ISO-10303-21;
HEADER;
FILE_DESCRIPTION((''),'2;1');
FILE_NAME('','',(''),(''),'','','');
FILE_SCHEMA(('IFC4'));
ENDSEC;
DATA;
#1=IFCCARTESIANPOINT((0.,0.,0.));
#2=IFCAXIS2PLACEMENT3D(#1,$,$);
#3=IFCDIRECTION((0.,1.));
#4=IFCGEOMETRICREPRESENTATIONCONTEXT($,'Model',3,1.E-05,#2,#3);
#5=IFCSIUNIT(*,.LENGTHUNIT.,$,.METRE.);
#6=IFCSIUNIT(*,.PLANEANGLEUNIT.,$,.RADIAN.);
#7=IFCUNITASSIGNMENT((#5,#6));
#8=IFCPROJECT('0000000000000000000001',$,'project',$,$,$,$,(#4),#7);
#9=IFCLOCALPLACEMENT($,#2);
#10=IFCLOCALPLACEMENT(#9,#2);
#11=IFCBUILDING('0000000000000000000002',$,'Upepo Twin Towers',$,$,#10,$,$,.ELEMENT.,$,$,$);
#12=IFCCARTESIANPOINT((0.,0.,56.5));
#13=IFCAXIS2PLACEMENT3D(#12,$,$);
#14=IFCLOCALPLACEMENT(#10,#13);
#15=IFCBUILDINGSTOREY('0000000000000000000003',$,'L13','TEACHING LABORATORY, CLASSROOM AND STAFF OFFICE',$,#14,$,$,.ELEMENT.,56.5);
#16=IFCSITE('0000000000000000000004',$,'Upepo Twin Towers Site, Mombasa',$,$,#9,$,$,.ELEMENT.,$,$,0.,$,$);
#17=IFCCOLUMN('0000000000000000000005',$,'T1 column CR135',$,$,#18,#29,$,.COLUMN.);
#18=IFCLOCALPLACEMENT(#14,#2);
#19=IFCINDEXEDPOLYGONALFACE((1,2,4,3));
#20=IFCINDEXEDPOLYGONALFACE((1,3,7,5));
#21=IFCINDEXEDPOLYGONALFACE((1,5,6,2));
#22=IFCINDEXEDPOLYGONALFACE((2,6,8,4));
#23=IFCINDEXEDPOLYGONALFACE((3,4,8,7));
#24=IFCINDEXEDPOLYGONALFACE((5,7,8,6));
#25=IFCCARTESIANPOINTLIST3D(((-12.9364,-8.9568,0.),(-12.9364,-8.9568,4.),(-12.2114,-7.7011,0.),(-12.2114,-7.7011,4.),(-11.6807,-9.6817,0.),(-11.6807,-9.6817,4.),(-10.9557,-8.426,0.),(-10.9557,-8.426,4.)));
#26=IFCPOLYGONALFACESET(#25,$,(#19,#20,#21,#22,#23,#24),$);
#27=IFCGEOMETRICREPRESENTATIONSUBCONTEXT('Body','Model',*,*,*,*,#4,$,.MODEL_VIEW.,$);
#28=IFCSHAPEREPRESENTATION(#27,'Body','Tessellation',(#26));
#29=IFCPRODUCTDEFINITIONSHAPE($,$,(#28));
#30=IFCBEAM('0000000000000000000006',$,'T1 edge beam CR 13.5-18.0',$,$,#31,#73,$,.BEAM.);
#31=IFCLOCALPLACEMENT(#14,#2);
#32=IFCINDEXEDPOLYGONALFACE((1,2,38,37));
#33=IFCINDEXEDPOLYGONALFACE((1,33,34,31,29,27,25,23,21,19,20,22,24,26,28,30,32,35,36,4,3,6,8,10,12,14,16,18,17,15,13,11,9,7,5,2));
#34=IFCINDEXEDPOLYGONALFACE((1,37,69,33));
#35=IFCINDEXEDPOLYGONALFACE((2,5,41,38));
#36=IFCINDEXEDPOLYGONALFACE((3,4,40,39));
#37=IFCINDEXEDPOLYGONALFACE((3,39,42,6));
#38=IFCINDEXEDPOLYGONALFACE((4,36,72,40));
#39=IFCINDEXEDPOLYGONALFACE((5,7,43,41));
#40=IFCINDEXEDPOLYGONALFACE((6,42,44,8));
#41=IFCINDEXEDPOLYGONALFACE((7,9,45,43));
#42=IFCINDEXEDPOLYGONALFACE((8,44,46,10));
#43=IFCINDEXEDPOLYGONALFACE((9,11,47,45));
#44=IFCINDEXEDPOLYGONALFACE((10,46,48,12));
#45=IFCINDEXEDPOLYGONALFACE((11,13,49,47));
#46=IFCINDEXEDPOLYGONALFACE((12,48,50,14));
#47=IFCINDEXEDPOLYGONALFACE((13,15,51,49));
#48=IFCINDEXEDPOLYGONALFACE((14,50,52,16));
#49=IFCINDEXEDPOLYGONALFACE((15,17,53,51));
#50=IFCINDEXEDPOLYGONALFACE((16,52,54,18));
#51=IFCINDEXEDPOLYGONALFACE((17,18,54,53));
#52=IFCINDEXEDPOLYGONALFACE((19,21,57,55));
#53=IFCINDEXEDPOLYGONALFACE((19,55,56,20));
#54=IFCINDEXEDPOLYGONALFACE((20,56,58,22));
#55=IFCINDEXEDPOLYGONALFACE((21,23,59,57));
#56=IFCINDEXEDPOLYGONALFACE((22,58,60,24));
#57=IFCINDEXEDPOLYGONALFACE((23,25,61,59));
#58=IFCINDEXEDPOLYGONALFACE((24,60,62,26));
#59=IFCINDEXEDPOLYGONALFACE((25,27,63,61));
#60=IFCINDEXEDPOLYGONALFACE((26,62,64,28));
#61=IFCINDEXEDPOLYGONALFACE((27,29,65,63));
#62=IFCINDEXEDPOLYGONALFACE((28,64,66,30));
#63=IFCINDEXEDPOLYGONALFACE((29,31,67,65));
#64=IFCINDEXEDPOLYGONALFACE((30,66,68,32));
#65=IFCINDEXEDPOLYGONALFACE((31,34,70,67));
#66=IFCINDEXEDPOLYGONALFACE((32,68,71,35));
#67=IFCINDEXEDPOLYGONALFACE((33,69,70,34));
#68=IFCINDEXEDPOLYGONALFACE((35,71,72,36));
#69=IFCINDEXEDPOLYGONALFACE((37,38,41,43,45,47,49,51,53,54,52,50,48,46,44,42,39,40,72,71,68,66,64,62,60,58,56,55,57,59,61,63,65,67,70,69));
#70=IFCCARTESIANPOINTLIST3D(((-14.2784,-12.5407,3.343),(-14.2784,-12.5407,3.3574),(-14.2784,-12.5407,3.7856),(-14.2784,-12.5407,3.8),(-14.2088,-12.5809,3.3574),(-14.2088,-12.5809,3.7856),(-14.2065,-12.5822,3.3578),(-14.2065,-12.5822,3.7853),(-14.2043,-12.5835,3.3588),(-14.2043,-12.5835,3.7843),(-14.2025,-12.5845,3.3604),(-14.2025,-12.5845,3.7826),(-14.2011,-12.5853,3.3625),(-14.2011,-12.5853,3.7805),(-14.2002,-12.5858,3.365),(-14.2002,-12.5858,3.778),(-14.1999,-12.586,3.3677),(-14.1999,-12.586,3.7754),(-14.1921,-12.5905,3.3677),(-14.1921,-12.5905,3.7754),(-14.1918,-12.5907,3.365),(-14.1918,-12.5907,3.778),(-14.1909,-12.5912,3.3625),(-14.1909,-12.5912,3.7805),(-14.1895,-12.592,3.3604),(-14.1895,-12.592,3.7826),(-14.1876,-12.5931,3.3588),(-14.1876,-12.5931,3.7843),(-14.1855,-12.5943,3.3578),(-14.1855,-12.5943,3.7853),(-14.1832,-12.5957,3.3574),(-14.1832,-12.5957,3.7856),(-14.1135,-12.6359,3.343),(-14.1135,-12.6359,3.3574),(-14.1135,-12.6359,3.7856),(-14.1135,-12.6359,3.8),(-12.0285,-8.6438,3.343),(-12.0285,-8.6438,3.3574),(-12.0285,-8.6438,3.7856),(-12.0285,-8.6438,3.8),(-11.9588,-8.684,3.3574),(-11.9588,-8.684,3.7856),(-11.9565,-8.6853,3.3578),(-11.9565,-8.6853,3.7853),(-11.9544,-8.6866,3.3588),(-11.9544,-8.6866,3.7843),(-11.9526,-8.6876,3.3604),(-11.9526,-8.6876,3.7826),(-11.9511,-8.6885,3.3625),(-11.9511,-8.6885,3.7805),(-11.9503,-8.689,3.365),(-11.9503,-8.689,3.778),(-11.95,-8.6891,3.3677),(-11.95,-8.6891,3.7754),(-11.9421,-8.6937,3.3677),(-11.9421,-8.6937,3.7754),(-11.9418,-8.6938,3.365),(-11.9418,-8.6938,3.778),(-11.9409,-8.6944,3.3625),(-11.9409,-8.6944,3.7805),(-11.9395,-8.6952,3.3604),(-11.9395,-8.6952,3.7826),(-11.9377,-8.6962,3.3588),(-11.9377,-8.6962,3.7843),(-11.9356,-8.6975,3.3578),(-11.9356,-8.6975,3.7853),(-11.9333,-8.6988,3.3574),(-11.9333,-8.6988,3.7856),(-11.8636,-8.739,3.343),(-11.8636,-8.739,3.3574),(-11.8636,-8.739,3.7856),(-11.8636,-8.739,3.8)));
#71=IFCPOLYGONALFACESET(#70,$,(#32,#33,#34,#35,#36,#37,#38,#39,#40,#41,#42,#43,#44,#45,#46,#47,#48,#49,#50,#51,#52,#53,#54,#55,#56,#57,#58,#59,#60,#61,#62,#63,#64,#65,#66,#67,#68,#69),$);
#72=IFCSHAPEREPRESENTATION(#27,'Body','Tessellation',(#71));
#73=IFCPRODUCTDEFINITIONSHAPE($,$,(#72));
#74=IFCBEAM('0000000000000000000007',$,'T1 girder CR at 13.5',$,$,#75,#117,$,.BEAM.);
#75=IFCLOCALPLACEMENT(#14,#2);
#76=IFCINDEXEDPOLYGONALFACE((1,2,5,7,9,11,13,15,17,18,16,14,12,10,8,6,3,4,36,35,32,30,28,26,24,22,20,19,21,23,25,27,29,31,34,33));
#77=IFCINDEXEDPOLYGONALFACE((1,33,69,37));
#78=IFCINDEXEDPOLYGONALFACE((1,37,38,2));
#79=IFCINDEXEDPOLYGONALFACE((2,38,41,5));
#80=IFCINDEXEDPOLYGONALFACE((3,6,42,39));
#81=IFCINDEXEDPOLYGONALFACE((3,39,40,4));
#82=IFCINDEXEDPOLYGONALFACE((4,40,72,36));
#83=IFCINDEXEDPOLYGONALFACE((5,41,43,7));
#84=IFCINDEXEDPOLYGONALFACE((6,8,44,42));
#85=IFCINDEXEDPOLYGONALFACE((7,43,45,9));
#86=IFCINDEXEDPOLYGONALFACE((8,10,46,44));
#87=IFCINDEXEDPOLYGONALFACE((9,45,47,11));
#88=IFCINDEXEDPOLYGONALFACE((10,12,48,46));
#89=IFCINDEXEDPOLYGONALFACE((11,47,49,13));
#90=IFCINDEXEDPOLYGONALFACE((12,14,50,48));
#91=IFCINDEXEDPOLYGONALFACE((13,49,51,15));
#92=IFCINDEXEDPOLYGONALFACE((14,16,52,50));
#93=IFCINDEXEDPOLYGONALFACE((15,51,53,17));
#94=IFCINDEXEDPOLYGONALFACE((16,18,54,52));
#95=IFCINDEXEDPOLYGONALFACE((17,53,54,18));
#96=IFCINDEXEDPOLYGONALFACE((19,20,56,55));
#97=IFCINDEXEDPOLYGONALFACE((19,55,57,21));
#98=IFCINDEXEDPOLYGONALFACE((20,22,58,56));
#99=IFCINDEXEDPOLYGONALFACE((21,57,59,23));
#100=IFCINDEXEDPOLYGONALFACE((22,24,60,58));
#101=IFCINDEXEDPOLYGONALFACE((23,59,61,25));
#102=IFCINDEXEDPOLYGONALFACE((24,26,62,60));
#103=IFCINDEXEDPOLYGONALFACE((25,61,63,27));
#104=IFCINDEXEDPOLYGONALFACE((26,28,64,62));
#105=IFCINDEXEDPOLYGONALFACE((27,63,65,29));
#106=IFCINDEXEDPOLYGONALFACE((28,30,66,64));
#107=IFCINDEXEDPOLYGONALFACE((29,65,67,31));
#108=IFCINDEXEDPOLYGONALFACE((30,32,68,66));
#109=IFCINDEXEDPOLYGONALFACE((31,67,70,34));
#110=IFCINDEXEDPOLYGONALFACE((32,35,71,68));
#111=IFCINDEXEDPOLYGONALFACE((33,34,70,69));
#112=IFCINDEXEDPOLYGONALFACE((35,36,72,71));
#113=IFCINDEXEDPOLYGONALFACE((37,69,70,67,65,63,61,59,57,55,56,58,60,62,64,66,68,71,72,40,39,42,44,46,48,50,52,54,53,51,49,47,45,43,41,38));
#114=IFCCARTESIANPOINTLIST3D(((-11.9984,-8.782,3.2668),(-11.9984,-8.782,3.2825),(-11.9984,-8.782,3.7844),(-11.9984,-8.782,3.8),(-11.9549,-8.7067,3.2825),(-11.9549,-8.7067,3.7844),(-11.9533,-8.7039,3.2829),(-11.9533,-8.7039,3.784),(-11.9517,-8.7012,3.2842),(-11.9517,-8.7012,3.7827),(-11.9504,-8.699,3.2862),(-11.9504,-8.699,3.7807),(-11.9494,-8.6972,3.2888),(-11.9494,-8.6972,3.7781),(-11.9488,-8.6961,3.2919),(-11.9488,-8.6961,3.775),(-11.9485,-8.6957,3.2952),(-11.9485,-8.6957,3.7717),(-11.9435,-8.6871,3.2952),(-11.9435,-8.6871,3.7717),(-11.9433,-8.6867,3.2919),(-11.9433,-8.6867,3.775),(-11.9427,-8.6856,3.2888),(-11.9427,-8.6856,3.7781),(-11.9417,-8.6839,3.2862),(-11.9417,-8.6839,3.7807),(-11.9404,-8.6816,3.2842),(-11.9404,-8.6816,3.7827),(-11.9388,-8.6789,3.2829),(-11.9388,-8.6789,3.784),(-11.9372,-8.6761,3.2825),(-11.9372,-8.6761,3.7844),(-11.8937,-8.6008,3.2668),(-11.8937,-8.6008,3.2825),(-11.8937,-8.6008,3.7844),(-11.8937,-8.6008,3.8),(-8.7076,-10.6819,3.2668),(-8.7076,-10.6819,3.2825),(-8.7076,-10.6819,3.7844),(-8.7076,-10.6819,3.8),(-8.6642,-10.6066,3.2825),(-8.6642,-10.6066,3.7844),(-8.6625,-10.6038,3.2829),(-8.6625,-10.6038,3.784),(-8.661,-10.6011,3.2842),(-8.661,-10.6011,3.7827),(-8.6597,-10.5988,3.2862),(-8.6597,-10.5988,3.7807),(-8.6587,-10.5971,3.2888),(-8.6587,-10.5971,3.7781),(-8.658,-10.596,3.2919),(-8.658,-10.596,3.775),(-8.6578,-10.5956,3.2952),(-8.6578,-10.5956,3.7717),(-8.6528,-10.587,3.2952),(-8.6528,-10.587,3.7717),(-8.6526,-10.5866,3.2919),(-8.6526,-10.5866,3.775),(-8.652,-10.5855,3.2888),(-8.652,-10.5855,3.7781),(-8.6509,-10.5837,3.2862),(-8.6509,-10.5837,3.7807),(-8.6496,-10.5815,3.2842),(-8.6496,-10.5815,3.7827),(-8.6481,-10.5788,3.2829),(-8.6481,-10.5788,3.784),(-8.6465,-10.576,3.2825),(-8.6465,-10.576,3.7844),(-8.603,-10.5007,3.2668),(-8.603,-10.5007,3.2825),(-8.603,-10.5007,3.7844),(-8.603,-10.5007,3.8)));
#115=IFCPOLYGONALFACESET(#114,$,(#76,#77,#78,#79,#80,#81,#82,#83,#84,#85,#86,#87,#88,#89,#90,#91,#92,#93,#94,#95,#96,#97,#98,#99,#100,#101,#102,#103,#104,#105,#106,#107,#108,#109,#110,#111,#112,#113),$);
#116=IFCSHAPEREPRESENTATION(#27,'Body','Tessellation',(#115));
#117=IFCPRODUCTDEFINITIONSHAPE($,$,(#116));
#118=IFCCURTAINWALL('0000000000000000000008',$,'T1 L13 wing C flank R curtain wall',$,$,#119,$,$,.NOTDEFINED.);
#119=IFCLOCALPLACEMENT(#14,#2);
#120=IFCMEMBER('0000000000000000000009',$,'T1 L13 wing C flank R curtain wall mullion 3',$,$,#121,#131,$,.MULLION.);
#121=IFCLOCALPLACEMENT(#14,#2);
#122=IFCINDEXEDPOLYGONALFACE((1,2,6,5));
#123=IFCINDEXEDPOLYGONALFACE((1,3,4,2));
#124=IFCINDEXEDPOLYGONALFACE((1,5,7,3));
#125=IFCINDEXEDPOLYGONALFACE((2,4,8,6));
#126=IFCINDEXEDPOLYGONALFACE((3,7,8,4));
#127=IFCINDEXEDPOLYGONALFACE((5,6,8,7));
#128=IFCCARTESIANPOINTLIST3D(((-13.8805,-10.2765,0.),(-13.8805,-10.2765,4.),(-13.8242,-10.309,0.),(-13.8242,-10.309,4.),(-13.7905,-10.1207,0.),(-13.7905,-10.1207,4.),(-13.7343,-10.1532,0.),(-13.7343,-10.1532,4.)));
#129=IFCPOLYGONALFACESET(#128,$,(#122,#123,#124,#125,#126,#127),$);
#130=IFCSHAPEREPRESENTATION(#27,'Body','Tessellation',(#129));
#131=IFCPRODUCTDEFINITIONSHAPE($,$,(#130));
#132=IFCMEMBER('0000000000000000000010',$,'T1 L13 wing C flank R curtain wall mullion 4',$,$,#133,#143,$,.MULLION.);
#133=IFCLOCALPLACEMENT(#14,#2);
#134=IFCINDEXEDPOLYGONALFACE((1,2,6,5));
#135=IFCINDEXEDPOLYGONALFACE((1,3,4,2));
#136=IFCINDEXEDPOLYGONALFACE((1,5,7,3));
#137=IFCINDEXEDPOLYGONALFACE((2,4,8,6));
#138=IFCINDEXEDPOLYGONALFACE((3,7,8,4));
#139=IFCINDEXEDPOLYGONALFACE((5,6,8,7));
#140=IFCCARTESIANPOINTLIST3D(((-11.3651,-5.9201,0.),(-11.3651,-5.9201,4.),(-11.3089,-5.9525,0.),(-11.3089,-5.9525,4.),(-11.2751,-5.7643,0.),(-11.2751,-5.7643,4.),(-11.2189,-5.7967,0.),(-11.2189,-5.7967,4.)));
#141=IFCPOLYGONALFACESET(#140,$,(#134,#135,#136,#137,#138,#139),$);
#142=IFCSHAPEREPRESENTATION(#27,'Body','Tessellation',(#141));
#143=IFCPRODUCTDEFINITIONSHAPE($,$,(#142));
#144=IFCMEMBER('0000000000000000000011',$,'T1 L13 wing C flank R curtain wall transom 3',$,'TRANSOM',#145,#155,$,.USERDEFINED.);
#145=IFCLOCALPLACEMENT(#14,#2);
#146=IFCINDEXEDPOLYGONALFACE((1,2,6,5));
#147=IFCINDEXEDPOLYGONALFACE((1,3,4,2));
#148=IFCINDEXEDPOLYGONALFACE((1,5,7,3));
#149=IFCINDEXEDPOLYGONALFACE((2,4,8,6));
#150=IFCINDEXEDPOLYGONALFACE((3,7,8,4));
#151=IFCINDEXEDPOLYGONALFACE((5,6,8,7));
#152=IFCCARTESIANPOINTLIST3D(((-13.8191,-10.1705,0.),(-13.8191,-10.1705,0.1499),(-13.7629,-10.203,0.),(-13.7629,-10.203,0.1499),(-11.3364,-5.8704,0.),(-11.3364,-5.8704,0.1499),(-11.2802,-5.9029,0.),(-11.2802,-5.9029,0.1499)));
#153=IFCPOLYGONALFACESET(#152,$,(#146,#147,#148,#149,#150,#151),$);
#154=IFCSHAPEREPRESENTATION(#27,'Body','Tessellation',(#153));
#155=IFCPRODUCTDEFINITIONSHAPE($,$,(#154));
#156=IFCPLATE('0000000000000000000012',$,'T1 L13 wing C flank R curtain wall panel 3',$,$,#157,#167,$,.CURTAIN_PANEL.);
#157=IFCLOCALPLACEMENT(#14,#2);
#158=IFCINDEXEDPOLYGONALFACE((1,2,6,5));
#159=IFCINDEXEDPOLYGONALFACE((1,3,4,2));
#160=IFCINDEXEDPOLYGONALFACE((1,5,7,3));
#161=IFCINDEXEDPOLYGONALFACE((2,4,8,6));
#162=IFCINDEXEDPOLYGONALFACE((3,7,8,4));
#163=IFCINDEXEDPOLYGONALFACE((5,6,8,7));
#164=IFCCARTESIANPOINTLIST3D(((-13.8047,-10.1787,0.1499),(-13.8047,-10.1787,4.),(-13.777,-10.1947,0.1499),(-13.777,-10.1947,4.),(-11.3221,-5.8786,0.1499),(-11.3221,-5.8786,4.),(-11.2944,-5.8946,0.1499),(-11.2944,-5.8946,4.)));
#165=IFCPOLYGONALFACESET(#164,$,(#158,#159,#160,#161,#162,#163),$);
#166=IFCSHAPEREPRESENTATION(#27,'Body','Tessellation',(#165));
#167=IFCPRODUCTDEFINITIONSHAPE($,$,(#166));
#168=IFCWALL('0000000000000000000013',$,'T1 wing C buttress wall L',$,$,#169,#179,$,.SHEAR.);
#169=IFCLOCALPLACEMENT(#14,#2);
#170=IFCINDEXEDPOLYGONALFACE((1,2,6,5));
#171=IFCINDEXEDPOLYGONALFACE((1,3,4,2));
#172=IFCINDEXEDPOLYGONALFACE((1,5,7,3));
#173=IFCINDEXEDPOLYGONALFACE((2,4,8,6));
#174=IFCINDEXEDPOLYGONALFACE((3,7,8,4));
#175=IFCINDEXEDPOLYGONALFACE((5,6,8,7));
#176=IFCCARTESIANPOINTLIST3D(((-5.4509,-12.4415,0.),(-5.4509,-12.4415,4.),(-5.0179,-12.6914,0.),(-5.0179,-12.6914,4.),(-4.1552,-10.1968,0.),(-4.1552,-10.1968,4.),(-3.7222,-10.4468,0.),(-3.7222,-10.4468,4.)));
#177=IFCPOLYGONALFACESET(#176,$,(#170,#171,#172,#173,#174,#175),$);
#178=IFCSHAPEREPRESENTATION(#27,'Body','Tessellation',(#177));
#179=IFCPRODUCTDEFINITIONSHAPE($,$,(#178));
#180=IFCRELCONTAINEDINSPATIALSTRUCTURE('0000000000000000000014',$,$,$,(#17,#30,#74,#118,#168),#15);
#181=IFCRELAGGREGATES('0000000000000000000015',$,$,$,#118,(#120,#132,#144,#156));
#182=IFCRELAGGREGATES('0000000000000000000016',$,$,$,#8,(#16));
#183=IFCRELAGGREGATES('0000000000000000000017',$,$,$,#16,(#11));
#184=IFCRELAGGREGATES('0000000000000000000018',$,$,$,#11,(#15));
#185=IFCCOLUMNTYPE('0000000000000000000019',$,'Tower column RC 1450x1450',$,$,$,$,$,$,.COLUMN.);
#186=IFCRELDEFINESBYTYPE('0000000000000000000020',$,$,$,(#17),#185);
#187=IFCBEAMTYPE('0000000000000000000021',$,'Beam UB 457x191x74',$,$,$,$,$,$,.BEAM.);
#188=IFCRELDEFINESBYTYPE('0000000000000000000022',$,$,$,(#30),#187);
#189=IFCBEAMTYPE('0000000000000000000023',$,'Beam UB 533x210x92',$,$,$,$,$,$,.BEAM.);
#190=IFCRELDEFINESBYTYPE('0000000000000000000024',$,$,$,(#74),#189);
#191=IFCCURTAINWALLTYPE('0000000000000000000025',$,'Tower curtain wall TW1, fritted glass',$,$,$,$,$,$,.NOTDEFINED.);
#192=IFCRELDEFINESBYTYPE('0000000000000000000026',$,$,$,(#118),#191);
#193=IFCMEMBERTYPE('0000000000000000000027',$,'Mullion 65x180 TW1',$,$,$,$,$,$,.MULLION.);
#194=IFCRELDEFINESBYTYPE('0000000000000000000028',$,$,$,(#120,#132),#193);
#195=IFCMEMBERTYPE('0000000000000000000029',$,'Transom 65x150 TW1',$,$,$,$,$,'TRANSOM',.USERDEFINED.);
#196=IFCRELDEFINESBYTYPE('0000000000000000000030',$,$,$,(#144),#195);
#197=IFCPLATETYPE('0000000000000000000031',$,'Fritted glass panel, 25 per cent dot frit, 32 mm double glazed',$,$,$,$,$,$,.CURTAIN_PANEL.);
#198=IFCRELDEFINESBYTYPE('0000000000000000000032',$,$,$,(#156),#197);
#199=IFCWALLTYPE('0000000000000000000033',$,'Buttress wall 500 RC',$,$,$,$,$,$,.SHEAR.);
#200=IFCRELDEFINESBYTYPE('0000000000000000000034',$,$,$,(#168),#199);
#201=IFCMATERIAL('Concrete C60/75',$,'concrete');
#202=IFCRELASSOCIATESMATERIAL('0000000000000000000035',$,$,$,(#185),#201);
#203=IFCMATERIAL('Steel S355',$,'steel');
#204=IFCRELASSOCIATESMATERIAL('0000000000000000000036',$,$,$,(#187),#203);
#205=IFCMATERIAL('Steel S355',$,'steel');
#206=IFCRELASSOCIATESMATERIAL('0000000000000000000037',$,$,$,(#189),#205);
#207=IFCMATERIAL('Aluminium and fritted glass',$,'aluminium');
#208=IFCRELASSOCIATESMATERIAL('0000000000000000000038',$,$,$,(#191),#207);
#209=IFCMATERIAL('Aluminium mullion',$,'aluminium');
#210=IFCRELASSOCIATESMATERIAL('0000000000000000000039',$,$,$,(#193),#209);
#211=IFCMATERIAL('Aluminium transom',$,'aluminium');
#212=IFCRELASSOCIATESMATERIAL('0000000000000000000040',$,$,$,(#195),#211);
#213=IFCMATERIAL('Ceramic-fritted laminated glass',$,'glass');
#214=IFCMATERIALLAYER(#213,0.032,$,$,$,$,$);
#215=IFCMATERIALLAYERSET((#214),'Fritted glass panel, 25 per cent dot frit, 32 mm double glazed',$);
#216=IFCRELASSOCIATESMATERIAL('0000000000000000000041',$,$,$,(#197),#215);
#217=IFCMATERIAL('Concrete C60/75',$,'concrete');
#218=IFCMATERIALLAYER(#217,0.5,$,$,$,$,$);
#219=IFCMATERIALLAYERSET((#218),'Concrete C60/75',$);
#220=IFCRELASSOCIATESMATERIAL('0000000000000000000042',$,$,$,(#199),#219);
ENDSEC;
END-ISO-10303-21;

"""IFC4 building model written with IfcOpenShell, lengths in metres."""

from ifc_helpers import new_model, si_unit, direction, frame, frame_2d, origin, origin_2d, place, context, subcontext, project, spatial, rectangle, i_section, extrude, material, layer, layer_set, material_profile, profile_set, type_object, element, aggregate, save


model = new_model("IFC4")

# Units and contexts
model_context = context("Model", 3, precision=1e-05, world=origin(), true_north=direction((0.0, 1.0)))
body_context = subcontext(model_context, "Body", "Model", "MODEL_VIEW")
ifc_project = project(units=[si_unit("LENGTHUNIT", "METRE"), si_unit("PLANEANGLEUNIT", "RADIAN")], contexts=[model_context])

# Site, building, storey
site_placement = place(None, origin())
site = spatial("IfcSite", under=ifc_project, at=site_placement, Name="Upepo Twin Towers Site, Mombasa", CompositionType="ELEMENT", RefElevation=0.0)
building_placement = place(site_placement, origin())
building = spatial("IfcBuilding", under=site, at=building_placement, Name="Upepo Twin Towers", CompositionType="ELEMENT")
storey_placement = place(building_placement, frame((0.0, 0.0, 56.5)))
storey = spatial("IfcBuildingStorey", under=building, at=storey_placement, Name="L13", Description="TEACHING LABORATORY, CLASSROOM AND STAFF OFFICE", CompositionType="ELEMENT", Elevation=56.5)

# Column
ifc_material_1 = material(Name="Concrete C60/75", Category="concrete")
ifc_material_profile_1 = material_profile(ifc_material_1, rectangle(XDim=1.45, YDim=1.45, at=origin_2d()), Name="RC 1450x1450")
ifc_profile_set_1 = profile_set([ifc_material_profile_1], Name="Concrete C60/75")
column_type = type_object("IfcColumnType", Name="Tower column RC 1450x1450", PredefinedType="COLUMN", material=ifc_profile_set_1)
column_placement = place(storey_placement, frame((-11.946, -8.6914, 0.0), z_axis=(0.0, 0.0, 1.0), x_axis=(0.5, 0.866025, 0.0)))
element("IfcColumn", 1, at=column_placement, inside=storey, type_object=column_type, Name="T1 column CR135", PredefinedType="COLUMN", context=body_context, shape_type="SweptSolid", body=[
    extrude(rectangle(XDim=1.45, YDim=1.45, at=origin_2d()), origin(), (0.0, 0.0, 1.0), 4.0),
])

# Beams
ifc_material_2 = material(Name="Steel S355", Category="steel")
ifc_material_profile_2 = material_profile(ifc_material_2, i_section(OverallWidth=0.1904, OverallDepth=0.457, WebThickness=0.009, FlangeThickness=0.0144, FilletRadius=0.0103, at=origin_2d()), Name="UB 457x191x74")
ifc_profile_set_2 = profile_set([ifc_material_profile_2], Name="Steel S355")
beam_type_1 = type_object("IfcBeamType", Name="Beam UB 457x191x74", PredefinedType="BEAM", material=ifc_profile_set_2)
beam_1_placement = place(storey_placement, frame((-11.946, -8.6914, 3.5715), z_axis=(-0.500014, -0.866018, 0.0), x_axis=(0.866018, -0.500014, 0.0)))
element("IfcBeam", 2, at=beam_1_placement, inside=storey, type_object=beam_type_1, Name="T1 edge beam CR 13.5-18.0", PredefinedType="BEAM", context=body_context, shape_type="SweptSolid", body=[
    extrude(i_section(OverallWidth=0.1904, OverallDepth=0.457, WebThickness=0.009, FlangeThickness=0.0144, FilletRadius=0.0103, at=origin_2d()), origin(), (0.0, 0.0, 1.0), 4.4998),
])
ifc_material_3 = material(Name="Steel S355", Category="steel")
ifc_material_profile_3 = material_profile(ifc_material_3, i_section(OverallWidth=0.2092, OverallDepth=0.5332, WebThickness=0.01, FlangeThickness=0.0156, FilletRadius=0.0127, at=origin_2d()), Name="UB 533x210x92")
ifc_profile_set_3 = profile_set([ifc_material_profile_3], Name="Steel S355")
beam_type_2 = type_object("IfcBeamType", Name="Beam UB 533x210x92", PredefinedType="BEAM", material=ifc_profile_set_3)
beam_2_placement = place(storey_placement, frame((-11.946, -8.6914, 3.5334), z_axis=(0.866028, -0.499995, 0.0), x_axis=(0.499995, 0.866028, 0.0)))
element("IfcBeam", 3, at=beam_2_placement, inside=storey, type_object=beam_type_2, Name="T1 girder CR at 13.5", PredefinedType="BEAM", context=body_context, shape_type="SweptSolid", body=[
    extrude(i_section(OverallWidth=0.2092, OverallDepth=0.5332, WebThickness=0.01, FlangeThickness=0.0156, FilletRadius=0.0127, at=origin_2d()), origin(), (0.0, 0.0, 1.0), 3.7998),
])

# Curtain wall, members, plate
ifc_material_4 = material(Name="Aluminium and fritted glass", Category="aluminium")
curtain_wall_type = type_object("IfcCurtainWallType", Name="Tower curtain wall TW1, fritted glass", PredefinedType="NOTDEFINED", material=ifc_material_4)
curtain_wall_placement = place(storey_placement, origin())
curtain_wall = element("IfcCurtainWall", 4, at=curtain_wall_placement, inside=storey, type_object=curtain_wall_type, Name="T1 L13 wing C flank R curtain wall", PredefinedType="NOTDEFINED")
ifc_material_5 = material(Name="Aluminium mullion", Category="aluminium")
ifc_material_profile_4 = material_profile(ifc_material_5, rectangle(XDim=0.0649, YDim=0.1799, at=origin_2d()), Name="MULLION 65x180")
ifc_profile_set_4 = profile_set([ifc_material_profile_4], Name="Aluminium mullion")
member_type_1 = type_object("IfcMemberType", Name="Mullion 65x180 TW1", PredefinedType="MULLION", material=ifc_profile_set_4)
member_1_placement = place(storey_placement, frame((-13.8074, -10.2148, 0.0), z_axis=(0.0, 0.0, 1.0), x_axis=(-0.866025, 0.5, 0.0)))
member_1 = element("IfcMember", 5, at=member_1_placement, type_object=member_type_1, Name="T1 L13 wing C flank R curtain wall mullion 3", PredefinedType="MULLION", context=body_context, shape_type="SweptSolid", body=[
    extrude(rectangle(XDim=0.0649, YDim=0.1799, at=origin_2d()), origin(), (0.0, 0.0, 1.0), 4.0),
])
member_2_placement = place(storey_placement, frame((-11.292, -5.8584, 0.0), z_axis=(0.0, 0.0, 1.0), x_axis=(-0.866025, 0.5, 0.0)))
member_2 = element("IfcMember", 6, at=member_2_placement, type_object=member_type_1, Name="T1 L13 wing C flank R curtain wall mullion 4", PredefinedType="MULLION", context=body_context, shape_type="SweptSolid", body=[
    extrude(rectangle(XDim=0.0649, YDim=0.1799, at=origin_2d()), origin(), (0.0, 0.0, 1.0), 4.0),
])
ifc_material_6 = material(Name="Aluminium transom", Category="aluminium")
ifc_material_profile_5 = material_profile(ifc_material_6, rectangle(XDim=0.0649, YDim=0.1499, at=origin_2d()), Name="TRANSOM 65x150")
ifc_profile_set_5 = profile_set([ifc_material_profile_5], Name="Aluminium transom")
member_type_2 = type_object("IfcMemberType", Name="Transom 65x150 TW1", ElementType="TRANSOM", PredefinedType="USERDEFINED", material=ifc_profile_set_5)
member_3_placement = place(storey_placement, frame((-13.791, -10.1868, 0.075), z_axis=(0.500005, 0.866023, 0.0), x_axis=(-0.866023, 0.500005, 0.0)))
member_3 = element("IfcMember", 7, at=member_3_placement, type_object=member_type_2, Name="T1 L13 wing C flank R curtain wall transom 3", ObjectType="TRANSOM", PredefinedType="USERDEFINED", context=body_context, shape_type="SweptSolid", body=[
    extrude(rectangle(XDim=0.0649, YDim=0.1499, at=origin_2d()), origin(), (0.0, 0.0, 1.0), 4.9653),
])
ifc_material_7 = material(Name="Ceramic-fritted laminated glass", Category="glass")
ifc_layer_1 = layer(ifc_material_7, 0.032)
ifc_layer_set_1 = layer_set([ifc_layer_1], Name="Fritted glass panel, 25 per cent dot frit, 32 mm double glazed")
plate_type = type_object("IfcPlateType", Name="Fritted glass panel, 25 per cent dot frit, 32 mm double glazed", PredefinedType="CURTAIN_PANEL", material=ifc_layer_set_1)
plate_placement = place(storey_placement, frame((-12.5496, -8.0366, 0.1499), z_axis=(0.0, 0.0, 1.0), x_axis=(0.5, 0.866025, 0.0)))
plate = element("IfcPlate", 8, at=plate_placement, type_object=plate_type, Name="T1 L13 wing C flank R curtain wall panel 3", PredefinedType="CURTAIN_PANEL", context=body_context, shape_type="SweptSolid", body=[
    extrude(rectangle(XDim=4.9653, YDim=0.032, at=origin_2d()), origin(), (0.0, 0.0, 1.0), 3.8501),
])
aggregate(curtain_wall, [member_1, member_2, member_3, plate])

# Wall
ifc_material_8 = material(Name="Concrete C60/75", Category="concrete")
ifc_layer_2 = layer(ifc_material_8, 0.5)
ifc_layer_set_2 = layer_set([ifc_layer_2], Name="Concrete C60/75")
wall_type_1 = type_object("IfcWallType", Name="Buttress wall 500 RC", PredefinedType="SHEAR", material=ifc_layer_set_2)
for number, where, z_axis, x_axis, name in (
    (9, (-3.9387, -10.3218, 0.0), (0.0, 0.0, 1.0), (-0.499918, -0.866073, 0.0), "T1 wing C buttress wall L"),
):
    element("IfcWall", number, at=place(storey_placement, frame(where, z_axis=z_axis, x_axis=x_axis)), inside=storey, type_object=wall_type_1, Name=name, PredefinedType="SHEAR", context=body_context, shape_type="SweptSolid", body=[
        extrude(rectangle(XDim=2.5918, YDim=0.5, at=frame_2d((1.2959, 0.0))), origin(), (0.0, 0.0, 1.0), 4.0),
    ])

save(model, "model.ifc")
